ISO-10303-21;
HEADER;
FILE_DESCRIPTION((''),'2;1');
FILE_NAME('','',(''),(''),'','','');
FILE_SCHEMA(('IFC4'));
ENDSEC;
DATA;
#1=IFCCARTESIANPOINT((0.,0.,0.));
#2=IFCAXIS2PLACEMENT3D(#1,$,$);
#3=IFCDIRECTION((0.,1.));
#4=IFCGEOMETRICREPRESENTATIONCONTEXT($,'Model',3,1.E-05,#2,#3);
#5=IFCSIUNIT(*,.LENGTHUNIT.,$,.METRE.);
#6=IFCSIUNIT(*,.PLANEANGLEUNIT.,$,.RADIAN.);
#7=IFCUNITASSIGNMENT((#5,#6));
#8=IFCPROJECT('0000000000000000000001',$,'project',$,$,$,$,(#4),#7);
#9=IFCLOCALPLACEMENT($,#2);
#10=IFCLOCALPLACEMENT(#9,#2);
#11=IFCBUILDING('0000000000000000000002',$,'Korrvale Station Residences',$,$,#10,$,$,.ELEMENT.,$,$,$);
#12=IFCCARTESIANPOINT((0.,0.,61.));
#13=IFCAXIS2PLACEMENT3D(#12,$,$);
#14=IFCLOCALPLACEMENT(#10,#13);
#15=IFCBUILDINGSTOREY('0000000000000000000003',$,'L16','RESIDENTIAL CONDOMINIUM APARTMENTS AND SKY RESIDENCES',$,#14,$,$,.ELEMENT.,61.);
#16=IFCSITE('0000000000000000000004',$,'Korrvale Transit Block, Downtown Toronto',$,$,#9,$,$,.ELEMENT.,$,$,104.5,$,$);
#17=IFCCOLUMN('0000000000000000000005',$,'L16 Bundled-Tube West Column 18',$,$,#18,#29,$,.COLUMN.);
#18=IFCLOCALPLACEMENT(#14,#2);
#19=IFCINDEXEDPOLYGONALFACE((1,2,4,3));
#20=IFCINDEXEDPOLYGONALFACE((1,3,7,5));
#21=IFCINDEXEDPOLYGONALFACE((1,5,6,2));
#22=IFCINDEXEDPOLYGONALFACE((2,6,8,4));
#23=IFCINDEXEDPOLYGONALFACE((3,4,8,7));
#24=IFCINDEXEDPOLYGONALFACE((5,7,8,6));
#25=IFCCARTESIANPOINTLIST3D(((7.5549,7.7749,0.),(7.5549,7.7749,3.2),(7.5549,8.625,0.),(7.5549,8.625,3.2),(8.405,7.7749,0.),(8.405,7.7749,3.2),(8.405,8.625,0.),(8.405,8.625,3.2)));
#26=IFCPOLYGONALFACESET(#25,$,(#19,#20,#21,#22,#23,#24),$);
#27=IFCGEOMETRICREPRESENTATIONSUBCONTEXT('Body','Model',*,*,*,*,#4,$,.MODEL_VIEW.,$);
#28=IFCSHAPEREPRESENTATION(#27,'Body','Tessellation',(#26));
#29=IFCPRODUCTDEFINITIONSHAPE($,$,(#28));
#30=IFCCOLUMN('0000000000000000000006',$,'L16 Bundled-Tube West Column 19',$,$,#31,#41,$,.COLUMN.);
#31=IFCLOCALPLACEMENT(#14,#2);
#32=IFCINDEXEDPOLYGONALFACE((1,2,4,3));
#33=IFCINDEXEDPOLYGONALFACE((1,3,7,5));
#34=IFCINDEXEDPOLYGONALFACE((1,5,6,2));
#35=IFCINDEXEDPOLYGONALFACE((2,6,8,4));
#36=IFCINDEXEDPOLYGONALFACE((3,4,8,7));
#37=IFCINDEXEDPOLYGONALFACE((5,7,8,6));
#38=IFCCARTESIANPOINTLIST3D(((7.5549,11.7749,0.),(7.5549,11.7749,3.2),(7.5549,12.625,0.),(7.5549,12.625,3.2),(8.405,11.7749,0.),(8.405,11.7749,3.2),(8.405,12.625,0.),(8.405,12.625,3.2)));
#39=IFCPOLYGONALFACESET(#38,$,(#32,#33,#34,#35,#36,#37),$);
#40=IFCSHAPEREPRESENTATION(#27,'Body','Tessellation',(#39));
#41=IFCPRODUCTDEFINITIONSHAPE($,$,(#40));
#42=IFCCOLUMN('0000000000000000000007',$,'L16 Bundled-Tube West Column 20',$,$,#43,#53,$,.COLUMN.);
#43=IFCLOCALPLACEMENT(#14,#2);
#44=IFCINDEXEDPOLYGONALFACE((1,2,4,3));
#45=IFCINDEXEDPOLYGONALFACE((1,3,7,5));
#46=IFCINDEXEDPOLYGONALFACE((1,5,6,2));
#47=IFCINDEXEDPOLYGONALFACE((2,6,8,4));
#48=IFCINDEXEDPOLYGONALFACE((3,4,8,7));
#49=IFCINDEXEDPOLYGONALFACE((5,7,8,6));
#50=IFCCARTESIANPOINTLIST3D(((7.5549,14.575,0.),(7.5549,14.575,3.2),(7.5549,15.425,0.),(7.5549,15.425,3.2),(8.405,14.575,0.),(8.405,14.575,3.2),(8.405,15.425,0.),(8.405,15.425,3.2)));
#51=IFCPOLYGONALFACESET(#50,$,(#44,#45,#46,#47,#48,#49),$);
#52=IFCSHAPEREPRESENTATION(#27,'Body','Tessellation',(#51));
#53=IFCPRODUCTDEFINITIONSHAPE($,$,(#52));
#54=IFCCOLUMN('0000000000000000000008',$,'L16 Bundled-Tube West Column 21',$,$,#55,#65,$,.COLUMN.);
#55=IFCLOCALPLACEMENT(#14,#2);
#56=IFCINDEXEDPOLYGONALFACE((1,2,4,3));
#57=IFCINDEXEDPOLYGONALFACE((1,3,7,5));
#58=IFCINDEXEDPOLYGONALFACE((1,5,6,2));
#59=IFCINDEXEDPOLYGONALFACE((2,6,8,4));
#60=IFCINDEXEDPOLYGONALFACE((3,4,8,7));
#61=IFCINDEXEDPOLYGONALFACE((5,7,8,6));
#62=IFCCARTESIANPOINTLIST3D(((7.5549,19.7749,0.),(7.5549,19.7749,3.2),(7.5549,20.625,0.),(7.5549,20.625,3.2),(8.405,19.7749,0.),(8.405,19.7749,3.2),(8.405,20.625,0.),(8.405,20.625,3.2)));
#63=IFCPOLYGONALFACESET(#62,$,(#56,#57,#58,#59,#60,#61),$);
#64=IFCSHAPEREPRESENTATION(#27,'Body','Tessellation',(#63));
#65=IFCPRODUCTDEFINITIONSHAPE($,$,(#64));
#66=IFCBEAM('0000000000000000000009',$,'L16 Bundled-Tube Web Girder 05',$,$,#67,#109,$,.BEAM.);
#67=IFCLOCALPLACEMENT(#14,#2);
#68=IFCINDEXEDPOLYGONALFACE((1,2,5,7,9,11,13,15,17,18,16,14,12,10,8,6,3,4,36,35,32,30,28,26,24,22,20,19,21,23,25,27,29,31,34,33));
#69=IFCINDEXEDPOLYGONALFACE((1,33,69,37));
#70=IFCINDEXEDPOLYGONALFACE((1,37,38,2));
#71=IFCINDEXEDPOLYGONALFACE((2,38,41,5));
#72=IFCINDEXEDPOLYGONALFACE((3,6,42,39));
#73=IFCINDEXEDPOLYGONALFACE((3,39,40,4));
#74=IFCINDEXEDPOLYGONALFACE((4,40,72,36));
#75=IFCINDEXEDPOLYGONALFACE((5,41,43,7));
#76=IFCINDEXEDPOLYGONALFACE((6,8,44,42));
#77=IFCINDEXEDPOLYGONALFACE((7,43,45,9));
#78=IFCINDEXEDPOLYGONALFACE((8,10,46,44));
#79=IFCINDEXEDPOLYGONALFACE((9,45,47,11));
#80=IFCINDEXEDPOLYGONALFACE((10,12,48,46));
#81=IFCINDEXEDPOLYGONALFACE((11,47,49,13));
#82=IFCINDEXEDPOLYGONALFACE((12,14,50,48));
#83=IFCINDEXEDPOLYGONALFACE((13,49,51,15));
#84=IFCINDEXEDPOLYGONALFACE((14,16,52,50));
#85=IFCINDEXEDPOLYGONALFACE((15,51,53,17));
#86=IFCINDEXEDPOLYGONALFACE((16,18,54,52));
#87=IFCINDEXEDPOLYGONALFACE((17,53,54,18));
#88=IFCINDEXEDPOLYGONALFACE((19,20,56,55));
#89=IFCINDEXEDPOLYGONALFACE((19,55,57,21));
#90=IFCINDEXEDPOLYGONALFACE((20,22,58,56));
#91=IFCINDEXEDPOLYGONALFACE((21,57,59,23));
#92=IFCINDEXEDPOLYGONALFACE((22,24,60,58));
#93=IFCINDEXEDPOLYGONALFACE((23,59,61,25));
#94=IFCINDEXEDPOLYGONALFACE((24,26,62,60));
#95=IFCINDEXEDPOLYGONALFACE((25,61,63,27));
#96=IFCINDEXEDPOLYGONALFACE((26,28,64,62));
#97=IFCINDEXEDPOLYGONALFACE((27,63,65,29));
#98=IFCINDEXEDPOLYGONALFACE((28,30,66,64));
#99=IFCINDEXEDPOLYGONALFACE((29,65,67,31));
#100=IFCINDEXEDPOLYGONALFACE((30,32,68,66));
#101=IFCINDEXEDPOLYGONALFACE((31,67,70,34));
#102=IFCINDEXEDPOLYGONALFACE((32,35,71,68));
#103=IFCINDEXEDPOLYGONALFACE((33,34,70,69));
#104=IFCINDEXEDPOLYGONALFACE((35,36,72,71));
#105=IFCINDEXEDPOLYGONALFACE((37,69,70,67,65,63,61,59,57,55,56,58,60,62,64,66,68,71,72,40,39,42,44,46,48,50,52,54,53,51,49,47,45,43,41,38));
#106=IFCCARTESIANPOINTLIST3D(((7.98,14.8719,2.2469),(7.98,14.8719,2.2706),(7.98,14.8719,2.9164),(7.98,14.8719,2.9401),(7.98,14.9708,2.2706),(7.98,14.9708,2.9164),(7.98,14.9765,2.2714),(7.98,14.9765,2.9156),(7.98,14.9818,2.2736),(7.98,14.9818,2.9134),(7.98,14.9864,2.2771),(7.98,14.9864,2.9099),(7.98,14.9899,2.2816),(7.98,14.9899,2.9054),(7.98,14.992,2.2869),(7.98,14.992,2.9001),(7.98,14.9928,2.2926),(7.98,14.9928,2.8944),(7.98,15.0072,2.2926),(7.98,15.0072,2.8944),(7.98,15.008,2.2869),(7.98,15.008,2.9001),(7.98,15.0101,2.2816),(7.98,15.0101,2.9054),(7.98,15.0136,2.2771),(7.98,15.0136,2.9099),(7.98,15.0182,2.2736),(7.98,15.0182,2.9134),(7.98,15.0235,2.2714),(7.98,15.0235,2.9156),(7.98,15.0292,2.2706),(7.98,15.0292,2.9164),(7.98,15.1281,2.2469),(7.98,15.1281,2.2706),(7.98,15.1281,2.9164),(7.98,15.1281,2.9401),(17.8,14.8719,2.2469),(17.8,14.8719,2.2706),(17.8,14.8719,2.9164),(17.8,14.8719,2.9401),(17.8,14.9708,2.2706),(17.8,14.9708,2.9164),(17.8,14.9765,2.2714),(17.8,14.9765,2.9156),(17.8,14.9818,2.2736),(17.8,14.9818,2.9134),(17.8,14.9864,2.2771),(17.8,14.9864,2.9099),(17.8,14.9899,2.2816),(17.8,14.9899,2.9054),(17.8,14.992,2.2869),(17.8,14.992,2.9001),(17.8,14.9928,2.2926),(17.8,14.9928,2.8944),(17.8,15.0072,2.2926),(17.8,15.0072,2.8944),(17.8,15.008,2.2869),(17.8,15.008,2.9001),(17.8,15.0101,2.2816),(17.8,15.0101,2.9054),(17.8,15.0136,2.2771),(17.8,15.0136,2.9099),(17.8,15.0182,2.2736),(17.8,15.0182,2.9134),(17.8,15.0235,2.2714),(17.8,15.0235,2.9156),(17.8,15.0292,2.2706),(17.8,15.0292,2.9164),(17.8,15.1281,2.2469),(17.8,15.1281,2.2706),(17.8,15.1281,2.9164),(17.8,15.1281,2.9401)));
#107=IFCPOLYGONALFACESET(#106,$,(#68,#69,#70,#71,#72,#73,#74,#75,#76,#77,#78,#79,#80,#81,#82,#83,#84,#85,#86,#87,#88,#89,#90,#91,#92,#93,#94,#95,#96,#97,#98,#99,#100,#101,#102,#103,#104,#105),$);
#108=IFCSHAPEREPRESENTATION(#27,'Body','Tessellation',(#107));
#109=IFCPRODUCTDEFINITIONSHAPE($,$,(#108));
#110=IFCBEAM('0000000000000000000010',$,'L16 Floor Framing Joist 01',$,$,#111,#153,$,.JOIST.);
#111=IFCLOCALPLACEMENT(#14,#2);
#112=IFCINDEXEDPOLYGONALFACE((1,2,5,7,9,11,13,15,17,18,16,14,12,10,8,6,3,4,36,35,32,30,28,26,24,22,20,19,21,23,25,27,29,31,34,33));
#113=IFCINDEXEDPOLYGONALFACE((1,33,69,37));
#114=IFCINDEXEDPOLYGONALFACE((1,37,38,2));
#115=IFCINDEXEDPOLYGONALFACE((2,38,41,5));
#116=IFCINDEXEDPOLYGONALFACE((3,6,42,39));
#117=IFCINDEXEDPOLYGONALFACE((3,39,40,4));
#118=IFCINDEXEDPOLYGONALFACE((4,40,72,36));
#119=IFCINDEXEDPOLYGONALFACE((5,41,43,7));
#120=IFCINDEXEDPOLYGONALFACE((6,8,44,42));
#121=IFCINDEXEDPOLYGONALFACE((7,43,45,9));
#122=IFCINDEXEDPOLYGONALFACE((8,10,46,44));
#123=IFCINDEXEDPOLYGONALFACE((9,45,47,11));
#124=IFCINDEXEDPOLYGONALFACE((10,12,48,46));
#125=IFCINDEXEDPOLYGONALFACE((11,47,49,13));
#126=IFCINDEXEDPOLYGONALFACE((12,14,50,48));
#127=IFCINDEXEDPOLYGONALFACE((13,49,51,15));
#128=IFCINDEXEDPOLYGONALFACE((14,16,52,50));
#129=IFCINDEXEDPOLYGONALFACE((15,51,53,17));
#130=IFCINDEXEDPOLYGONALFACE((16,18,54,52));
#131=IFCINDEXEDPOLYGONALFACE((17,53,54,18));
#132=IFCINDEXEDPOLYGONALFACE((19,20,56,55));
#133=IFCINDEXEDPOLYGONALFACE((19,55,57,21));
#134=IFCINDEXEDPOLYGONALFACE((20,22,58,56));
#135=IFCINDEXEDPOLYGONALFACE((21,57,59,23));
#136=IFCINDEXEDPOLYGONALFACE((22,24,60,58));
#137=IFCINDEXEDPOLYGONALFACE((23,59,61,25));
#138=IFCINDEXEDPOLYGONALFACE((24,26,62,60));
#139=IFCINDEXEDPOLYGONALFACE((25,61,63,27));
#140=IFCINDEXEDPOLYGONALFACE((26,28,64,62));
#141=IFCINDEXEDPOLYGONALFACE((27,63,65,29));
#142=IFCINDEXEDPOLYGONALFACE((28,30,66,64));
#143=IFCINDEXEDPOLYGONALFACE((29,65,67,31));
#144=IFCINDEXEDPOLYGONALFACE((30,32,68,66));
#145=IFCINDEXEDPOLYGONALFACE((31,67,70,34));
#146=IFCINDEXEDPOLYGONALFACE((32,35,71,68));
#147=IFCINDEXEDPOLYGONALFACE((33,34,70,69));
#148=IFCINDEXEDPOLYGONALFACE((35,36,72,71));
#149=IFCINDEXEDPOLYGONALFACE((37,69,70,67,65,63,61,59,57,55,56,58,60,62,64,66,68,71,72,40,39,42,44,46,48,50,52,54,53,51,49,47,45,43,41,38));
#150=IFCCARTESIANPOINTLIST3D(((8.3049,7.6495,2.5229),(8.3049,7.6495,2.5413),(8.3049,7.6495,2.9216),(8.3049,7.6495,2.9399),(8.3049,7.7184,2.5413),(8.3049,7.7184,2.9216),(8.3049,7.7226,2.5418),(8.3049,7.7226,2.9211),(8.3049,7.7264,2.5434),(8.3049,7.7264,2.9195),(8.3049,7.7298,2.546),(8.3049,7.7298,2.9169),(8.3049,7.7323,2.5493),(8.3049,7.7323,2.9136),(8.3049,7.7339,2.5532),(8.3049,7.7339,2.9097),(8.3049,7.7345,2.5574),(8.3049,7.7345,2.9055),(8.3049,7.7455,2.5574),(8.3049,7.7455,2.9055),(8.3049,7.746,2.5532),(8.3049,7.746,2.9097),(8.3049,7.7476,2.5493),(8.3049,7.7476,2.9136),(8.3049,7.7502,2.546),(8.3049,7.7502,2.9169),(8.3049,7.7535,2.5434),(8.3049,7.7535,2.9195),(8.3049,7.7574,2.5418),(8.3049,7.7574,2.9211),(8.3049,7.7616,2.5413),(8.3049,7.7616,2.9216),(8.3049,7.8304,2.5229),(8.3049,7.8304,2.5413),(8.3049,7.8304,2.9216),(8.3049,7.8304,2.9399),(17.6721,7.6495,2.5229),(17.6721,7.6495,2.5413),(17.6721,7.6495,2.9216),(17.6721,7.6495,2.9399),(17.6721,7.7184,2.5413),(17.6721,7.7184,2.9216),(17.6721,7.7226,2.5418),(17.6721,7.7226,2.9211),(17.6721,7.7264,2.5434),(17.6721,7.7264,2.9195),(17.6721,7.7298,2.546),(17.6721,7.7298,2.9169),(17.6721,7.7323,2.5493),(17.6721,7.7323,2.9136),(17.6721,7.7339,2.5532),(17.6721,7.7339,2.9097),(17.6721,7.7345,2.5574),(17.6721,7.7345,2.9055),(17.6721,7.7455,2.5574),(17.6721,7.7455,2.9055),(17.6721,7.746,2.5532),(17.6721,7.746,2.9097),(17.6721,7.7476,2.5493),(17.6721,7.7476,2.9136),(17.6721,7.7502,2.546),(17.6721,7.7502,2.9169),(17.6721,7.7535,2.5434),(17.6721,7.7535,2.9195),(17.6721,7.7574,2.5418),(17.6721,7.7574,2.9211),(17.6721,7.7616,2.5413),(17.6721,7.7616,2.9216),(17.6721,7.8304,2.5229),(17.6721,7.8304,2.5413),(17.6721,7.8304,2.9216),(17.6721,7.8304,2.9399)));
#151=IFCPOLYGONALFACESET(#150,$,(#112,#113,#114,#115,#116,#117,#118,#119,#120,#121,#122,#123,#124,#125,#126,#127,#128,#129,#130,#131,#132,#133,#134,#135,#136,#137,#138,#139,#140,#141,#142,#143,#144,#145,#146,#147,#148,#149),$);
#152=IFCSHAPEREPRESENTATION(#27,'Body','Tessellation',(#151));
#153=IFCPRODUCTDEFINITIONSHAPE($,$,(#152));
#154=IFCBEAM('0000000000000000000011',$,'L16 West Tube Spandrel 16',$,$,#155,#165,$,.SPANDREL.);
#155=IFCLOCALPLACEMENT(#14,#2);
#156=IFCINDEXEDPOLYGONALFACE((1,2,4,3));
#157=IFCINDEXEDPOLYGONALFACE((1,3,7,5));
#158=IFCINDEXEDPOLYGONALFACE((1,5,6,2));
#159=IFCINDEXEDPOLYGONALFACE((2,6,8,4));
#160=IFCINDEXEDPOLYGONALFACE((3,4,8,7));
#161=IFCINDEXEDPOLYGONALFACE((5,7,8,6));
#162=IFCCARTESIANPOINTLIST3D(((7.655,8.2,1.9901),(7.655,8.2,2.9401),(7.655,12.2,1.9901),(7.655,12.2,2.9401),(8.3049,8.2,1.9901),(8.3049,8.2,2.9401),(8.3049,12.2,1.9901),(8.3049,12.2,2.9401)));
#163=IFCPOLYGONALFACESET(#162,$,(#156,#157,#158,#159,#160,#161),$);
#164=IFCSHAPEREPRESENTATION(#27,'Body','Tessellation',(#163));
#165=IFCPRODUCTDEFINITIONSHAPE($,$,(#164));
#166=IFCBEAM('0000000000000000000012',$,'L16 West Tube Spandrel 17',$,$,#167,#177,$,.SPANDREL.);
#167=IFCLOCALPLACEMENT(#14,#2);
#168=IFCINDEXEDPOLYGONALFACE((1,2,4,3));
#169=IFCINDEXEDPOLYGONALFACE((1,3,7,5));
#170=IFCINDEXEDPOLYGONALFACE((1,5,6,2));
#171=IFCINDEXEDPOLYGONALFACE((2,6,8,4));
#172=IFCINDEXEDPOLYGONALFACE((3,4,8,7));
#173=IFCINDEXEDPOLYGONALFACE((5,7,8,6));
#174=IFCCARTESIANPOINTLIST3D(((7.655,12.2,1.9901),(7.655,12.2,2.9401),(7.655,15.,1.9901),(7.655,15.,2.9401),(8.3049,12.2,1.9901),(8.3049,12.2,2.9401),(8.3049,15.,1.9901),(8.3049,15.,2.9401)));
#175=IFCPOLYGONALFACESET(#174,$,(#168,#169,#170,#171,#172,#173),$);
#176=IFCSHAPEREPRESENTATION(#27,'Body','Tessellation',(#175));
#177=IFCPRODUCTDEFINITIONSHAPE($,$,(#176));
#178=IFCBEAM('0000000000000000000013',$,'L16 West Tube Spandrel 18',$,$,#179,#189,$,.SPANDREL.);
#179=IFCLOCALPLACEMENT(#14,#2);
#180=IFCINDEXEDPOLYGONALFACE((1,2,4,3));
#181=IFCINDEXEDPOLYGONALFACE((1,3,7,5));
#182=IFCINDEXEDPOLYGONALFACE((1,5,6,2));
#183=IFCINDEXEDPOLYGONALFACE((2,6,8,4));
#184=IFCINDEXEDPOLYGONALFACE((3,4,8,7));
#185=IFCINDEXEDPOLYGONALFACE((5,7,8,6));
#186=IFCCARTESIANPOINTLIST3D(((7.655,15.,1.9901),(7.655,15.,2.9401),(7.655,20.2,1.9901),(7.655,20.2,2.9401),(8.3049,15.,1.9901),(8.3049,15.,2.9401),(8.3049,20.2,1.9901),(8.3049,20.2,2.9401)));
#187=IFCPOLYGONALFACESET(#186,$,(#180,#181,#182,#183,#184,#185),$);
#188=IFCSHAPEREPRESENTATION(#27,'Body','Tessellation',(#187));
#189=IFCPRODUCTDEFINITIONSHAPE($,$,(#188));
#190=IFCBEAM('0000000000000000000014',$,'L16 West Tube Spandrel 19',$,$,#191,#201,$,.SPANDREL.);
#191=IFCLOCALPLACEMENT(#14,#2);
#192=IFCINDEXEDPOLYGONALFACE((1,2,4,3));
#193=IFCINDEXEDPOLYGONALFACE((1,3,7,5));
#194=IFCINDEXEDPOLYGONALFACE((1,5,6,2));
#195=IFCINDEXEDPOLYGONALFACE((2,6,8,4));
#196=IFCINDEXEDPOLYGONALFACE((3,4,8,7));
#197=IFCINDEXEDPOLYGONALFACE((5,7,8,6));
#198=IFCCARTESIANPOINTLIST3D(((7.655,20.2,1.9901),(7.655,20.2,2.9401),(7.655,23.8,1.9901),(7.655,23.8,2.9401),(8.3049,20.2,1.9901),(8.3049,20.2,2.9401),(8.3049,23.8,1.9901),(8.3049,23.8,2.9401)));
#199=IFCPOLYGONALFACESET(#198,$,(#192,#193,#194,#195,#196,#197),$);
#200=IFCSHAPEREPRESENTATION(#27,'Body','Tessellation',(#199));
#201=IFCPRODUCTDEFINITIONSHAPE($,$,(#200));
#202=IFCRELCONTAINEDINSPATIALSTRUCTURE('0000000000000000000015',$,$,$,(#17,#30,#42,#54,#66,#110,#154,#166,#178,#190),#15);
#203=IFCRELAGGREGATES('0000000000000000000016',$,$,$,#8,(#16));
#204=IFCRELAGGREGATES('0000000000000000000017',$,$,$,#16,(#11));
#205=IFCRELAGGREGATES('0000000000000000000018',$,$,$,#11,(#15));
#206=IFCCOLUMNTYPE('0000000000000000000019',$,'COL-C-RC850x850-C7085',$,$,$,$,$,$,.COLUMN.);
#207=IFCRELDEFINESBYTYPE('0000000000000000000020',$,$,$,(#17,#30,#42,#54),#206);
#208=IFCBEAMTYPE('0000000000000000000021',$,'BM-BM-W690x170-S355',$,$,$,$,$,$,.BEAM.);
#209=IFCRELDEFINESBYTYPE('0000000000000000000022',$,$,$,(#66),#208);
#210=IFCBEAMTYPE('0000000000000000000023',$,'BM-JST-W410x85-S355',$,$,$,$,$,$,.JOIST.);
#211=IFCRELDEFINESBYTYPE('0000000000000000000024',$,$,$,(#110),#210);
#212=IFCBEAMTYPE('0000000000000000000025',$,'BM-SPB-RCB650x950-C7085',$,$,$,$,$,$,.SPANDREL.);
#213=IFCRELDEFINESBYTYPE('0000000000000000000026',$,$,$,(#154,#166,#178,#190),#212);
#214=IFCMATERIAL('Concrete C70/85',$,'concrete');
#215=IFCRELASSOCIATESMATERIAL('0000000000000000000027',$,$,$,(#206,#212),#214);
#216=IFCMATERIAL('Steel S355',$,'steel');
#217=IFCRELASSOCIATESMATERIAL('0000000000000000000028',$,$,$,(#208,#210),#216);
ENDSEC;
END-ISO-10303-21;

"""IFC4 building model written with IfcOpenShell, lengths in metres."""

from ifc_helpers import new_model, si_unit, direction, frame, origin, origin_2d, place, context, subcontext, project, spatial, rectangle, i_section, extrude, material, material_profile, profile_set, type_object, element, save


model = new_model("IFC4")

# Units and contexts
model_context = context("Model", 3, precision=1e-05, world=origin(), true_north=direction((0.0, 1.0)))
body_context = subcontext(model_context, "Body", "Model", "MODEL_VIEW")
ifc_project = project(units=[si_unit("LENGTHUNIT", "METRE"), si_unit("PLANEANGLEUNIT", "RADIAN")], contexts=[model_context])

# Site, building, storey
site_placement = place(None, origin())
site = spatial("IfcSite", under=ifc_project, at=site_placement, Name="Korrvale Transit Block, Downtown Toronto", CompositionType="ELEMENT", RefElevation=104.5)
building_placement = place(site_placement, origin())
building = spatial("IfcBuilding", under=site, at=building_placement, Name="Korrvale Station Residences", CompositionType="ELEMENT")
storey_placement = place(building_placement, frame((0.0, 0.0, 61.0)))
storey = spatial("IfcBuildingStorey", under=building, at=storey_placement, Name="L16", Description="RESIDENTIAL CONDOMINIUM APARTMENTS AND SKY RESIDENCES", CompositionType="ELEMENT", Elevation=61.0)

# Columns
ifc_material_1 = material(Name="Concrete C70/85", Category="concrete")
ifc_material_profile_1 = material_profile(ifc_material_1, rectangle(XDim=0.8501, YDim=0.8501, at=origin_2d()), Name="RC850x850")
ifc_profile_set_1 = profile_set([ifc_material_profile_1], Name="Concrete C70/85")
column_type = type_object("IfcColumnType", Name="COL-C-RC850x850-C7085", PredefinedType="COLUMN", material=ifc_profile_set_1)
for number, where, z_axis, x_axis, name in (
    (1, (7.98, 8.2, 0.0), (0.0, 0.0, 1.0), (1.0, 0.0, 0.0), "L16 Bundled-Tube West Column 18"),
    (2, (7.98, 12.2, 0.0), (0.0, 0.0, 1.0), (1.0, 0.0, 0.0), "L16 Bundled-Tube West Column 19"),
    (3, (7.98, 15.0, 0.0), (0.0, 0.0, 1.0), (1.0, 0.0, 0.0), "L16 Bundled-Tube West Column 20"),
    (4, (7.98, 20.2, 0.0), (0.0, 0.0, 1.0), (1.0, 0.0, 0.0), "L16 Bundled-Tube West Column 21"),
):
    element("IfcColumn", number, at=place(storey_placement, frame(where, z_axis=z_axis, x_axis=x_axis)), inside=storey, type_object=column_type, Name=name, PredefinedType="COLUMN", context=body_context, shape_type="SweptSolid", body=[
        extrude(rectangle(XDim=0.8501, YDim=0.8501, at=origin_2d()), origin(), (0.0, 0.0, 1.0), 3.2),
    ])

# Beams
ifc_material_2 = material(Name="Steel S355", Category="steel")
ifc_material_profile_2 = material_profile(ifc_material_2, i_section(OverallWidth=0.2561, OverallDepth=0.6931, WebThickness=0.0144, FlangeThickness=0.0237, FilletRadius=0.022, at=origin_2d()), Name="W690x170")
ifc_profile_set_2 = profile_set([ifc_material_profile_2], Name="Steel S355")
beam_type_1 = type_object("IfcBeamType", Name="BM-BM-W690x170-S355", PredefinedType="BEAM", material=ifc_profile_set_2)
beam_1_placement = place(storey_placement, frame((7.98, 15.0, 2.5935), z_axis=(1.0, 0.0, 0.0), x_axis=(0.0, 1.0, 0.0)))
element("IfcBeam", 5, at=beam_1_placement, inside=storey, type_object=beam_type_1, Name="L16 Bundled-Tube Web Girder 05", PredefinedType="BEAM", context=body_context, shape_type="SweptSolid", body=[
    extrude(i_section(OverallWidth=0.2561, OverallDepth=0.6931, WebThickness=0.0144, FlangeThickness=0.0237, FilletRadius=0.022, at=origin_2d()), origin(), (0.0, 0.0, 1.0), 9.8201),
])
ifc_material_profile_3 = material_profile(ifc_material_2, i_section(OverallWidth=0.1809, OverallDepth=0.417, WebThickness=0.011, FlangeThickness=0.0183, FilletRadius=0.0161, at=origin_2d()), Name="W410x85")
ifc_profile_set_3 = profile_set([ifc_material_profile_3], Name="Steel S355")
beam_type_2 = type_object("IfcBeamType", Name="BM-JST-W410x85-S355", PredefinedType="JOIST", material=ifc_profile_set_3)
beam_2_placement = place(storey_placement, frame((8.3049, 7.74, 2.7314), z_axis=(1.0, 0.0, 0.0), x_axis=(0.0, 1.0, 0.0)))
element("IfcBeam", 6, at=beam_2_placement, inside=storey, type_object=beam_type_2, Name="L16 Floor Framing Joist 01", PredefinedType="JOIST", context=body_context, shape_type="SweptSolid", body=[
    extrude(i_section(OverallWidth=0.1809, OverallDepth=0.417, WebThickness=0.011, FlangeThickness=0.0183, FilletRadius=0.0161, at=origin_2d()), origin(), (0.0, 0.0, 1.0), 9.3672),
])
ifc_material_profile_4 = material_profile(ifc_material_1, rectangle(XDim=0.6499, YDim=0.95, at=origin_2d()), Name="RCB650x950")
ifc_profile_set_4 = profile_set([ifc_material_profile_4], Name="Concrete C70/85")
beam_type_3 = type_object("IfcBeamType", Name="BM-SPB-RCB650x950-C7085", PredefinedType="SPANDREL", material=ifc_profile_set_4)
beam_3_placement = place(storey_placement, frame((7.98, 8.2, 2.4651), z_axis=(0.0, 1.0, 0.0), x_axis=(-1.0, 0.0, 0.0)))
element("IfcBeam", 7, at=beam_3_placement, inside=storey, type_object=beam_type_3, Name="L16 West Tube Spandrel 16", PredefinedType="SPANDREL", context=body_context, shape_type="SweptSolid", body=[
    extrude(rectangle(XDim=0.6499, YDim=0.95, at=origin_2d()), origin(), (0.0, 0.0, 1.0), 4.0),
])
beam_4_placement = place(storey_placement, frame((7.98, 12.2, 2.4651), z_axis=(0.0, 1.0, 0.0), x_axis=(-1.0, 0.0, 0.0)))
element("IfcBeam", 8, at=beam_4_placement, inside=storey, type_object=beam_type_3, Name="L16 West Tube Spandrel 17", PredefinedType="SPANDREL", context=body_context, shape_type="SweptSolid", body=[
    extrude(rectangle(XDim=0.6499, YDim=0.95, at=origin_2d()), origin(), (0.0, 0.0, 1.0), 2.8),
])
beam_5_placement = place(storey_placement, frame((7.98, 15.0, 2.4651), z_axis=(0.0, 1.0, 0.0), x_axis=(-1.0, 0.0, 0.0)))
element("IfcBeam", 9, at=beam_5_placement, inside=storey, type_object=beam_type_3, Name="L16 West Tube Spandrel 18", PredefinedType="SPANDREL", context=body_context, shape_type="SweptSolid", body=[
    extrude(rectangle(XDim=0.6499, YDim=0.95, at=origin_2d()), origin(), (0.0, 0.0, 1.0), 5.2),
])
beam_6_placement = place(storey_placement, frame((7.98, 20.2, 2.4651), z_axis=(0.0, 1.0, 0.0), x_axis=(-1.0, 0.0, 0.0)))
element("IfcBeam", 10, at=beam_6_placement, inside=storey, type_object=beam_type_3, Name="L16 West Tube Spandrel 19", PredefinedType="SPANDREL", context=body_context, shape_type="SweptSolid", body=[
    extrude(rectangle(XDim=0.6499, YDim=0.95, at=origin_2d()), origin(), (0.0, 0.0, 1.0), 3.6001),
])

save(model, "model.ifc")
